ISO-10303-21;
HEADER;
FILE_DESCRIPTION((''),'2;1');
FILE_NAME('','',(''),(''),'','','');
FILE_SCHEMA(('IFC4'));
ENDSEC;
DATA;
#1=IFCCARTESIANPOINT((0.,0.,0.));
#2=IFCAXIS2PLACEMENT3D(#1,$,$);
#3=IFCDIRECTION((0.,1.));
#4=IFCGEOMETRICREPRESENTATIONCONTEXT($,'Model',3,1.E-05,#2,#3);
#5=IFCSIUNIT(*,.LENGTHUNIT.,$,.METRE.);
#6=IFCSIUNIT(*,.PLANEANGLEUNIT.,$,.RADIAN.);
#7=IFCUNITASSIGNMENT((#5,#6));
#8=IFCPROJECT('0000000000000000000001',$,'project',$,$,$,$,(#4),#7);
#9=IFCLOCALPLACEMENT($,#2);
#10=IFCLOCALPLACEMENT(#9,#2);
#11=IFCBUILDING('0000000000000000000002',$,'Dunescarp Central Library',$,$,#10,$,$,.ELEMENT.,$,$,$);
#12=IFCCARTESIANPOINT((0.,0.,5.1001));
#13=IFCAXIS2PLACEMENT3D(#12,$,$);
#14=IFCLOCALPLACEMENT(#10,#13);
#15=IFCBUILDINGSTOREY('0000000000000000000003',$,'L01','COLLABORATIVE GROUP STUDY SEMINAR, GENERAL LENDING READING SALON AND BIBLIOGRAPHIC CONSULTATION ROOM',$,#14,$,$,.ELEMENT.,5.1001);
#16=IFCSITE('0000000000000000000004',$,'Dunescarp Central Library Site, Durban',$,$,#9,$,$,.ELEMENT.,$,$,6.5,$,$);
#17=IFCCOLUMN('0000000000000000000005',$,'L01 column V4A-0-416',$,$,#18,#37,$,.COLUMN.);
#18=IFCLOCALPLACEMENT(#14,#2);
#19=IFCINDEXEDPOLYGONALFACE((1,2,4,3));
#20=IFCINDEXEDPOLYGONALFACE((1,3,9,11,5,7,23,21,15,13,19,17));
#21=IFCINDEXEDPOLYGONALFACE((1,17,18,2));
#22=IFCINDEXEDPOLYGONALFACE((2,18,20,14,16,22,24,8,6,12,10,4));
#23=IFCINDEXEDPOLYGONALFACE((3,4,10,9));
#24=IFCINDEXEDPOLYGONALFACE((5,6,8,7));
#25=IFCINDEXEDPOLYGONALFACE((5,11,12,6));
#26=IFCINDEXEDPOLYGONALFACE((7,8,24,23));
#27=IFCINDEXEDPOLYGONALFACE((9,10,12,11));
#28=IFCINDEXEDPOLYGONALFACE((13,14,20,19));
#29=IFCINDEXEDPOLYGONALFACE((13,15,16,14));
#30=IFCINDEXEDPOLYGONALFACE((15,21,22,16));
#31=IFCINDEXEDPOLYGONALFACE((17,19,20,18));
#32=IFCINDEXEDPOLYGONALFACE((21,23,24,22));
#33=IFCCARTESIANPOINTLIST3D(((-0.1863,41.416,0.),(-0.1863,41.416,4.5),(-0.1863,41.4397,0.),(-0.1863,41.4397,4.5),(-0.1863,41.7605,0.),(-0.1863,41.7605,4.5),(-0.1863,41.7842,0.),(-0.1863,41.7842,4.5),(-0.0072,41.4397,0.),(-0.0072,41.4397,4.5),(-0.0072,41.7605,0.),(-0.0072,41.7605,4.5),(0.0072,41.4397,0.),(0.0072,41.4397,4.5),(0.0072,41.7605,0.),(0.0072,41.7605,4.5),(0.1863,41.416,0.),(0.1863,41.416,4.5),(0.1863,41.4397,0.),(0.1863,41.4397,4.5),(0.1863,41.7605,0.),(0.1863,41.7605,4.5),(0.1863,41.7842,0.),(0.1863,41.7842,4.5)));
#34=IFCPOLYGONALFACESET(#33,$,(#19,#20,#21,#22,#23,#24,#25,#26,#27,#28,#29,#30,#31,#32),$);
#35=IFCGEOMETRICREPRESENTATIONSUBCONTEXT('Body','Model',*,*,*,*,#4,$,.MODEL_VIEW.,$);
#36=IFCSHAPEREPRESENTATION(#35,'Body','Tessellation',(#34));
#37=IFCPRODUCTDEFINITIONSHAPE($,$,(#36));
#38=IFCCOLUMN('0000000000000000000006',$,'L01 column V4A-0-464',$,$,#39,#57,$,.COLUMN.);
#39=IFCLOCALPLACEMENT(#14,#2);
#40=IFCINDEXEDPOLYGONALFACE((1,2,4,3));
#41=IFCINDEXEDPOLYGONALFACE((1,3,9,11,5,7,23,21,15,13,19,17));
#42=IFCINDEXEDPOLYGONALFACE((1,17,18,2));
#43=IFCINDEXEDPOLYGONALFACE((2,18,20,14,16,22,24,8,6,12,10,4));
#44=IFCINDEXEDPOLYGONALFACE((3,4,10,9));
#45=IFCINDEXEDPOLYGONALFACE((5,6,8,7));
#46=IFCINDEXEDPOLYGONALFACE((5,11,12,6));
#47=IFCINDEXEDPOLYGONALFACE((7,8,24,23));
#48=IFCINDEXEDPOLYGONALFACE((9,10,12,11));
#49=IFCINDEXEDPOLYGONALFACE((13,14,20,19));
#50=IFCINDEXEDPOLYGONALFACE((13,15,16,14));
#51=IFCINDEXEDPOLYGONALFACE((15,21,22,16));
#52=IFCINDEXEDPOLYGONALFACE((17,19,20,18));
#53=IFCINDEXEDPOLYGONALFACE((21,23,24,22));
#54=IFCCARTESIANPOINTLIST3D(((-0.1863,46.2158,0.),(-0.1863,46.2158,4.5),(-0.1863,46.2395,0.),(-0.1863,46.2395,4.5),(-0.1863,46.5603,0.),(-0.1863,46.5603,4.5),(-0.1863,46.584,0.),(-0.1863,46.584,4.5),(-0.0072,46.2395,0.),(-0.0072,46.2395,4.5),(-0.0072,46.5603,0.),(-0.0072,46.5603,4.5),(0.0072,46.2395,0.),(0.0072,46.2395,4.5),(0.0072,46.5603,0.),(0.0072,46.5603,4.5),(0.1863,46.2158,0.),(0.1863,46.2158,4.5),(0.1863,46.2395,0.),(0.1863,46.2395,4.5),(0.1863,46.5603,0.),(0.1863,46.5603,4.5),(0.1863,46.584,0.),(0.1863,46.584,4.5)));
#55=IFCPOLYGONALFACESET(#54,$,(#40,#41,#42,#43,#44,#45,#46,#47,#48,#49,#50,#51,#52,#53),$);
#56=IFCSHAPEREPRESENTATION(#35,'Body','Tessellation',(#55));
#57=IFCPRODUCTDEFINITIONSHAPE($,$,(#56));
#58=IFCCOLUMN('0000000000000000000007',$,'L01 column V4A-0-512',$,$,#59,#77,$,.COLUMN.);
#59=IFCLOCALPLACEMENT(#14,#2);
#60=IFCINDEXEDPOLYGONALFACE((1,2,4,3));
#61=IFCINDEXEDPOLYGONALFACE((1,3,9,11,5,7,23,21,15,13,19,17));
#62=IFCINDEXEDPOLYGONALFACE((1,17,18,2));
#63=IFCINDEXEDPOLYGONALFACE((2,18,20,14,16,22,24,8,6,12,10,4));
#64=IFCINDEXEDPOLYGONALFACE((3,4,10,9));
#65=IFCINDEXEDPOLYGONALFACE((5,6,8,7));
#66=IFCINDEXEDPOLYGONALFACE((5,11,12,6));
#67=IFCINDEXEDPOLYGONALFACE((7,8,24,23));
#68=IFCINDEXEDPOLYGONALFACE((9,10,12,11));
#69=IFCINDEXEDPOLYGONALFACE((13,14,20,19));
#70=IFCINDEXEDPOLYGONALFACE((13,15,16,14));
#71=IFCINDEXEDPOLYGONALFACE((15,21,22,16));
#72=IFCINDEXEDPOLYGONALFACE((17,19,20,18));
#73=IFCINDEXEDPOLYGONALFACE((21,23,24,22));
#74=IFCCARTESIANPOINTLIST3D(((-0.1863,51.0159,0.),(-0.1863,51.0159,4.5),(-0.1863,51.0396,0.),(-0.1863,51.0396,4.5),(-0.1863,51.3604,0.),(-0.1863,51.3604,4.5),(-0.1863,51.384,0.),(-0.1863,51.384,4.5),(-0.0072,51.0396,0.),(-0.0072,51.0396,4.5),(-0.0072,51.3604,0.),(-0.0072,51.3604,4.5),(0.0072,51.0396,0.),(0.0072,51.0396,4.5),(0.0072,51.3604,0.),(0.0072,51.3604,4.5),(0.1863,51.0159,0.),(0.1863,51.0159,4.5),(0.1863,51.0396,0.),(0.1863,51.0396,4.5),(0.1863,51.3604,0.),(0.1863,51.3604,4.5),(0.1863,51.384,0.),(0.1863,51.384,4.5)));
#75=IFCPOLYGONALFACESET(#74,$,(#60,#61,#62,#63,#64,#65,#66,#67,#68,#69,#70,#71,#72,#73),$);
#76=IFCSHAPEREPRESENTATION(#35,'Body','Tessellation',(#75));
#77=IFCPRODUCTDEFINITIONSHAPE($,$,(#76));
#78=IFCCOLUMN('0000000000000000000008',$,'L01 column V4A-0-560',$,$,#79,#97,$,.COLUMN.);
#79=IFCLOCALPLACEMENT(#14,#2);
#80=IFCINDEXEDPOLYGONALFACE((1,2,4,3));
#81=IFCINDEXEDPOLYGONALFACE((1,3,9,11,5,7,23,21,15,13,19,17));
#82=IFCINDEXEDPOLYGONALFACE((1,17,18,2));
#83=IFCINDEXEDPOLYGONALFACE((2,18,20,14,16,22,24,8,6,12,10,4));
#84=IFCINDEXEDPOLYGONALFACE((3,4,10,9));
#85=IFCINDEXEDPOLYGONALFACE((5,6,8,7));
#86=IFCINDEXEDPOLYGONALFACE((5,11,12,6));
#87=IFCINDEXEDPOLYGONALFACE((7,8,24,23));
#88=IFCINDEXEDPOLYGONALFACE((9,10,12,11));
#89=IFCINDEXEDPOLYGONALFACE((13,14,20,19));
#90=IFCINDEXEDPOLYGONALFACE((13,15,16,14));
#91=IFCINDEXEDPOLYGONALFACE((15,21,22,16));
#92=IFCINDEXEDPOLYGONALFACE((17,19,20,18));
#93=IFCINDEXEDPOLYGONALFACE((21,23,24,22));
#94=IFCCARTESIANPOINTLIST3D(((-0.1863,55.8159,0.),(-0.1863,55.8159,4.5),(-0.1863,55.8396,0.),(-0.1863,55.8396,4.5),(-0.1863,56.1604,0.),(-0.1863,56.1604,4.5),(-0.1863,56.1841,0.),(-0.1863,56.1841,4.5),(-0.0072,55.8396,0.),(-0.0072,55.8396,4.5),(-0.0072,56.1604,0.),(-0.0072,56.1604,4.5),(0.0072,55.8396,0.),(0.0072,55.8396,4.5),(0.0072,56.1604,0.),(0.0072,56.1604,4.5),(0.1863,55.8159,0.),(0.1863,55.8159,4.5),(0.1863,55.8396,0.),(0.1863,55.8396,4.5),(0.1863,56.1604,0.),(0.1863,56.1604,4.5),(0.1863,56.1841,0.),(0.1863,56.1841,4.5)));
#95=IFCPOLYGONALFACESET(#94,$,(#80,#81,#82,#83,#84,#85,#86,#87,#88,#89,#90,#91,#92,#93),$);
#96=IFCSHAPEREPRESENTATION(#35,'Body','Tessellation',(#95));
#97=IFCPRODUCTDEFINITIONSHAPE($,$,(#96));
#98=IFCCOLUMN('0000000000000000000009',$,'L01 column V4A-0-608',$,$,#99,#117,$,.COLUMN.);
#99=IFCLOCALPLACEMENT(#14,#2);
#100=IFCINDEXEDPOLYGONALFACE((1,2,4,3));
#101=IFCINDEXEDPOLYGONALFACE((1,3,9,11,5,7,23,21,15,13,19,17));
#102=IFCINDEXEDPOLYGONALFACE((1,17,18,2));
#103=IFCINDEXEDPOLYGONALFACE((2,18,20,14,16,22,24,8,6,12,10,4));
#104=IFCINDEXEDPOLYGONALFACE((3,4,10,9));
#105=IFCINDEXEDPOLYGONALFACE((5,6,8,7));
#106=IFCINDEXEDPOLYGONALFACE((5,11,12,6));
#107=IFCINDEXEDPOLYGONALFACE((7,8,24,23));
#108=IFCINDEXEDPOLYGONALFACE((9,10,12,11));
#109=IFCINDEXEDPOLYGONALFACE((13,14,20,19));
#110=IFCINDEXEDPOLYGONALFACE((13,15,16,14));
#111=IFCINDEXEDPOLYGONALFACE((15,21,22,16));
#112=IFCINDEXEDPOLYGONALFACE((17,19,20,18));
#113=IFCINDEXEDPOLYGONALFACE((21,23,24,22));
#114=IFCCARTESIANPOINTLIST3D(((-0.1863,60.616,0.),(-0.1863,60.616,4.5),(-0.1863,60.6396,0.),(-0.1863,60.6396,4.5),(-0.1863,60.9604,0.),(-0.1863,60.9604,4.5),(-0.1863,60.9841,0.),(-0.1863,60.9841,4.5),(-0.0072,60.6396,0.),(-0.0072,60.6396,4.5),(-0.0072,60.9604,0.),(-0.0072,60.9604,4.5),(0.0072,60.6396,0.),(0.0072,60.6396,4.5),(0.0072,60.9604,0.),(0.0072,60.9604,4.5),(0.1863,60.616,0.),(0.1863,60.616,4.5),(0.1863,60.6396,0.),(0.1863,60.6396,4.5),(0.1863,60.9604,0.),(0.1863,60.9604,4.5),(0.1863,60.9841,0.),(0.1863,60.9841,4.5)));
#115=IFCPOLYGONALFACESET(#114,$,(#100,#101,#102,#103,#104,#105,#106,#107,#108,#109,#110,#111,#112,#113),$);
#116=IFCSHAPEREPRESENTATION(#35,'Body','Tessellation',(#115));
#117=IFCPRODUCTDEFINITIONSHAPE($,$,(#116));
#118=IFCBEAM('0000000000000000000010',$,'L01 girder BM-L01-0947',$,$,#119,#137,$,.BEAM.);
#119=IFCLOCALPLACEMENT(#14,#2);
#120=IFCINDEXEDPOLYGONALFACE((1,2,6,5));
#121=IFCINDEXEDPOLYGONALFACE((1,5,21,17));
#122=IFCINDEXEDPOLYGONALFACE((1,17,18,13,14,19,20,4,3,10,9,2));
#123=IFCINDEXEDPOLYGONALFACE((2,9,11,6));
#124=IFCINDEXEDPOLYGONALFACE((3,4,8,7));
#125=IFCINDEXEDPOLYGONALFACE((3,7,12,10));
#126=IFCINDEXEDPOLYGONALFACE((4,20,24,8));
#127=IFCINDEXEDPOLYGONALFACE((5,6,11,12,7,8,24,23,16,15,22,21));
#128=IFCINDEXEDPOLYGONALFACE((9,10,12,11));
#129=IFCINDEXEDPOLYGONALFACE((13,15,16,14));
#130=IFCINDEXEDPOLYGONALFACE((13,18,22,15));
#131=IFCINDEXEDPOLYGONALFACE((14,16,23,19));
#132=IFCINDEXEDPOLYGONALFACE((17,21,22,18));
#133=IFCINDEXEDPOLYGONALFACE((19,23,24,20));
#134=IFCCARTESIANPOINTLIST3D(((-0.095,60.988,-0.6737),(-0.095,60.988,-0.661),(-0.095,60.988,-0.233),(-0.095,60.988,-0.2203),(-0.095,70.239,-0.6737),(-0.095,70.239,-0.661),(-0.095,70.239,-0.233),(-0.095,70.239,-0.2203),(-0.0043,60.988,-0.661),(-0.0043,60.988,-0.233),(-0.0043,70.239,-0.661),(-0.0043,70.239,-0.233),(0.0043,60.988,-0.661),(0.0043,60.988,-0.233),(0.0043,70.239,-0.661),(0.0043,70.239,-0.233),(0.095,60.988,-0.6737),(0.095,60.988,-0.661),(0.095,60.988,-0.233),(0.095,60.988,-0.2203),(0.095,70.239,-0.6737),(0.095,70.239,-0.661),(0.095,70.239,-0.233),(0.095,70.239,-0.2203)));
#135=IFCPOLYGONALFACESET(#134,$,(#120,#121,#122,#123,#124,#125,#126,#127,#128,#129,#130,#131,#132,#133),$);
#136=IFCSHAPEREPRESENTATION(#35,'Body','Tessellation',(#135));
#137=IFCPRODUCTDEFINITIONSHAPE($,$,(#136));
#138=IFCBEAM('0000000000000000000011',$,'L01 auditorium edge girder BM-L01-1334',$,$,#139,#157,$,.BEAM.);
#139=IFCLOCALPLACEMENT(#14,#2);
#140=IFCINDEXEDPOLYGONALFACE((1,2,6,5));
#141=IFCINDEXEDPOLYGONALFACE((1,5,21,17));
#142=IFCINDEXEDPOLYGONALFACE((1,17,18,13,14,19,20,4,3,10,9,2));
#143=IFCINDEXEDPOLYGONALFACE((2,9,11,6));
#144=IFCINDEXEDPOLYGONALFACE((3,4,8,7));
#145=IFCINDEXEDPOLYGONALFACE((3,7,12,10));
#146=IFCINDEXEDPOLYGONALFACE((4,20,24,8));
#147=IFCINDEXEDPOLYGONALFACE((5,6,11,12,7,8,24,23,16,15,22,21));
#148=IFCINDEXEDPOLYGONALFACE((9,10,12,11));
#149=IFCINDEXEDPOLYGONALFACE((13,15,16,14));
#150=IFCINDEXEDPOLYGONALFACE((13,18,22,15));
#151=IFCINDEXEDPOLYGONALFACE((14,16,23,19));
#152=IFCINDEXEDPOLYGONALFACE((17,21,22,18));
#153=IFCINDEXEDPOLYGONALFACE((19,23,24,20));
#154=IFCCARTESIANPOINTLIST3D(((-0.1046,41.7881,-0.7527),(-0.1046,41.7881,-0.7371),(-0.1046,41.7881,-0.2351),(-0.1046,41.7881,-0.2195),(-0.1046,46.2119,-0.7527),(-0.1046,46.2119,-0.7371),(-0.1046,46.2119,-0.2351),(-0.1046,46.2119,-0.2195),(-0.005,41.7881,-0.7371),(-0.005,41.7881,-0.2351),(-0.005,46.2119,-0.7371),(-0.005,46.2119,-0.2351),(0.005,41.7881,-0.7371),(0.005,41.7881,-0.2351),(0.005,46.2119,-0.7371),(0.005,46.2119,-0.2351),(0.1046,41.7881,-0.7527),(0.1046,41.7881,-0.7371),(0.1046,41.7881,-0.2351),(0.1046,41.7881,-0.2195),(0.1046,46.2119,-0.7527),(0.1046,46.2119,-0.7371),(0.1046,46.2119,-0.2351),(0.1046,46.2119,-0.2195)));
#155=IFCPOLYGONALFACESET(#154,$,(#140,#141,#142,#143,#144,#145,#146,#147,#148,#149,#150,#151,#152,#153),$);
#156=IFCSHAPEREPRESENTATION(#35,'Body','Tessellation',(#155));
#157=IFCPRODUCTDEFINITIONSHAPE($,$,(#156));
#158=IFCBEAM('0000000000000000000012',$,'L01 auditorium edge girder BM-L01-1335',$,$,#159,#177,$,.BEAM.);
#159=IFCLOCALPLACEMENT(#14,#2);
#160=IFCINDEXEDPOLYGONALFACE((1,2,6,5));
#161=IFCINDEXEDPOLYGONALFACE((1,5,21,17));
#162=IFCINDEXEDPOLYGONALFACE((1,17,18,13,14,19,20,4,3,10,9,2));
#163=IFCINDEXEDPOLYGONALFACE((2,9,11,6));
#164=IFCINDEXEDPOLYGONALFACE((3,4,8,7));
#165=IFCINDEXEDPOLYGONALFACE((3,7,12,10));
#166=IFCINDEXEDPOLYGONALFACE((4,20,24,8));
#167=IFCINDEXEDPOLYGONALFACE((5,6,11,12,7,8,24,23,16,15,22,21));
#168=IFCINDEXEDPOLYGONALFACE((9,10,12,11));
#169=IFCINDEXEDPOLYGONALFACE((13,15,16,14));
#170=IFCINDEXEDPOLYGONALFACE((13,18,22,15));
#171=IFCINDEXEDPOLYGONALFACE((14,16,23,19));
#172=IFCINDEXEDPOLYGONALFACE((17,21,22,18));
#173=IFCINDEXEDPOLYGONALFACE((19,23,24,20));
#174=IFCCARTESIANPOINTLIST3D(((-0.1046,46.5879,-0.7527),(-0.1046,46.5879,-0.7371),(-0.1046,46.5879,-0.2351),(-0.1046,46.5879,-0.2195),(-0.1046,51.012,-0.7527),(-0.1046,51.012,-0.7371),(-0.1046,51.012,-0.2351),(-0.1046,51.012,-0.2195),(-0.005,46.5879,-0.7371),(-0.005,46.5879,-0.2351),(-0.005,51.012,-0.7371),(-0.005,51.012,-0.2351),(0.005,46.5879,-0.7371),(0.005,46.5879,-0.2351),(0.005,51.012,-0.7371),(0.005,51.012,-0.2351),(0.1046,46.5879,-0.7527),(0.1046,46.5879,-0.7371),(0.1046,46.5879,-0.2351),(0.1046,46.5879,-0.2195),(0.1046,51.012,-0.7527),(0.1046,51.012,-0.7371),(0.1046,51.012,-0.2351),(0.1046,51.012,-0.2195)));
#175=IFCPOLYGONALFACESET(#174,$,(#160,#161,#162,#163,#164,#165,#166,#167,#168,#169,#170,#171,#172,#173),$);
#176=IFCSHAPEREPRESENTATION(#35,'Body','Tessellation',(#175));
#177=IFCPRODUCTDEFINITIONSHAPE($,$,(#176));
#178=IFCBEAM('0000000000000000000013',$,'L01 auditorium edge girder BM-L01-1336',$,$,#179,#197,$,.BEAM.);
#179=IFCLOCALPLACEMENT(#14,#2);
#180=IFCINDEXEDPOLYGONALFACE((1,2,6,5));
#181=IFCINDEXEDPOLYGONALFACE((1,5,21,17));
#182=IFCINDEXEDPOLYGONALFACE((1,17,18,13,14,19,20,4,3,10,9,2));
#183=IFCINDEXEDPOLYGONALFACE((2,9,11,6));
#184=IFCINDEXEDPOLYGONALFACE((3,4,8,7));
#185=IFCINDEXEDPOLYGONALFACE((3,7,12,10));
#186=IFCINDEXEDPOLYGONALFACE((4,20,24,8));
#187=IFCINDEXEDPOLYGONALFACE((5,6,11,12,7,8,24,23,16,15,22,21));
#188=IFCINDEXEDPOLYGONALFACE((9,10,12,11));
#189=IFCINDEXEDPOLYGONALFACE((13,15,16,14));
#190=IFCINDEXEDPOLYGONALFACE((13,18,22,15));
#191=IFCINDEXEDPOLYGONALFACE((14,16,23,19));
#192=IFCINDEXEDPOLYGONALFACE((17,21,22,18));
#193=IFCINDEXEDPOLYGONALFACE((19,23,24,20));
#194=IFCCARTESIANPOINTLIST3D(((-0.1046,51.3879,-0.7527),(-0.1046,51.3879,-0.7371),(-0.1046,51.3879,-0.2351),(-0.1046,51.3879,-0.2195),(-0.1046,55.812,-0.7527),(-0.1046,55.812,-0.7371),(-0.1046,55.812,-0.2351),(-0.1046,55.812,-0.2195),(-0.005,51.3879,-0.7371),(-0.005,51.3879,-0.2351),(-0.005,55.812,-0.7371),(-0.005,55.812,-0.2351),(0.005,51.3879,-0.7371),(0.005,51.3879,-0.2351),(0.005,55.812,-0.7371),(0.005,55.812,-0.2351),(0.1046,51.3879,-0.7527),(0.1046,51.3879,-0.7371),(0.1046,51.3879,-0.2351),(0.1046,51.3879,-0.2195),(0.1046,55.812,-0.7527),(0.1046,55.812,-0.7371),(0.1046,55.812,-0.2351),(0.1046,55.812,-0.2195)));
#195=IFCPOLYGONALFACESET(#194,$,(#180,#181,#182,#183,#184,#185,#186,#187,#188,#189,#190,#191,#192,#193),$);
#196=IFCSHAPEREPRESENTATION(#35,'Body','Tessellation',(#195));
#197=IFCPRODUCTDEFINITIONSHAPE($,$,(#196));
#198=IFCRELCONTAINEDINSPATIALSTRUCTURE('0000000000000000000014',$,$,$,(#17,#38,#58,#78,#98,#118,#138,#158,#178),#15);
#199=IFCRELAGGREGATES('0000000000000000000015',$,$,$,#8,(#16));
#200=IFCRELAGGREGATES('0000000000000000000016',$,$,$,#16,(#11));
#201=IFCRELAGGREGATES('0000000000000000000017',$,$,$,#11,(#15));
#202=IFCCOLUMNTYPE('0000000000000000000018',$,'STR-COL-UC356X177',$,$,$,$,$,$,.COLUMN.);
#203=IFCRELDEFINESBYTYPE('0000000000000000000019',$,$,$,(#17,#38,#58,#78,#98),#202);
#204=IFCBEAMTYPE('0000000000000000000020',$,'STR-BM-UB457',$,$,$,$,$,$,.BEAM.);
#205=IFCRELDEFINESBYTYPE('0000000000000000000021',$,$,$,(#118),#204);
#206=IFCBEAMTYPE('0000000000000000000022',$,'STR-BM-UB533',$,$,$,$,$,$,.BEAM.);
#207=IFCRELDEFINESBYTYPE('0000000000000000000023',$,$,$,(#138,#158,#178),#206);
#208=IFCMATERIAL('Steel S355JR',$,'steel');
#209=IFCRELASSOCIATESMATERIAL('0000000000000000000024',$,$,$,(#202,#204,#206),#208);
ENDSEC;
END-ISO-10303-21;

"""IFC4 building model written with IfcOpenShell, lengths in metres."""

from ifc_helpers import new_model, si_unit, direction, frame, origin, origin_2d, place, context, subcontext, project, spatial, i_section, extrude, material, material_profile, profile_set, type_object, element, save


model = new_model("IFC4")

# Units and contexts
model_context = context("Model", 3, precision=1e-05, world=origin(), true_north=direction((0.0, 1.0)))
body_context = subcontext(model_context, "Body", "Model", "MODEL_VIEW")
ifc_project = project(units=[si_unit("LENGTHUNIT", "METRE"), si_unit("PLANEANGLEUNIT", "RADIAN")], contexts=[model_context])

# Site, building, storey
site_placement = place(None, origin())
site = spatial("IfcSite", under=ifc_project, at=site_placement, Name="Dunescarp Central Library Site, Durban", CompositionType="ELEMENT", RefElevation=6.5)
building_placement = place(site_placement, origin())
building = spatial("IfcBuilding", under=site, at=building_placement, Name="Dunescarp Central Library", CompositionType="ELEMENT")
storey_placement = place(building_placement, frame((0.0, 0.0, 5.1001)))
storey = spatial("IfcBuildingStorey", under=building, at=storey_placement, Name="L01", Description="COLLABORATIVE GROUP STUDY SEMINAR, GENERAL LENDING READING SALON AND BIBLIOGRAPHIC CONSULTATION ROOM", CompositionType="ELEMENT", Elevation=5.1001)

# Columns
ifc_material_1 = material(Name="Steel S355JR", Category="steel")
ifc_material_profile_1 = material_profile(ifc_material_1, i_section(OverallWidth=0.3726, OverallDepth=0.3682, WebThickness=0.0144, FlangeThickness=0.0237, at=origin_2d()), Name="UC 356x368x177")
ifc_profile_set_1 = profile_set([ifc_material_profile_1], Name="Steel S355JR")
column_type = type_object("IfcColumnType", Name="STR-COL-UC356X177", PredefinedType="COLUMN", material=ifc_profile_set_1)
for number, where, z_axis, x_axis, name in (
    (1, (0.0, 41.6001, 0.0), (0.0, 0.0, 1.0), (1.0, 0.0, 0.0), "L01 column V4A-0-416"),
    (2, (0.0, 46.3999, 0.0), (0.0, 0.0, 1.0), (1.0, 0.0, 0.0), "L01 column V4A-0-464"),
    (3, (0.0, 51.2, 0.0), (0.0, 0.0, 1.0), (1.0, 0.0, 0.0), "L01 column V4A-0-512"),
    (4, (0.0, 56.0, 0.0), (0.0, 0.0, 1.0), (1.0, 0.0, 0.0), "L01 column V4A-0-560"),
    (5, (0.0, 60.8, 0.0), (0.0, 0.0, 1.0), (1.0, 0.0, 0.0), "L01 column V4A-0-608"),
):
    element("IfcColumn", number, at=place(storey_placement, frame(where, z_axis=z_axis, x_axis=x_axis)), inside=storey, type_object=column_type, Name=name, PredefinedType="COLUMN", context=body_context, shape_type="SweptSolid", body=[
        extrude(i_section(OverallWidth=0.3726, OverallDepth=0.3682, WebThickness=0.0144, FlangeThickness=0.0237, at=origin_2d()), origin(), (0.0, 0.0, 1.0), 4.5),
    ])

# Beams
ifc_material_profile_2 = material_profile(ifc_material_1, i_section(OverallWidth=0.1899, OverallDepth=0.4534, WebThickness=0.0085, FlangeThickness=0.0127, at=origin_2d()), Name="UB 457x191x67")
ifc_profile_set_2 = profile_set([ifc_material_profile_2], Name="Steel S355JR")
beam_type_1 = type_object("IfcBeamType", Name="STR-BM-UB457", PredefinedType="BEAM", material=ifc_profile_set_2)
beam_1_placement = place(storey_placement, frame((0.0, 60.988, -0.447), z_axis=(0.0, 1.0, 0.0), x_axis=(-1.0, 0.0, 0.0)))
element("IfcBeam", 6, at=beam_1_placement, inside=storey, type_object=beam_type_1, Name="L01 girder BM-L01-0947", PredefinedType="BEAM", context=body_context, shape_type="SweptSolid", body=[
    extrude(i_section(OverallWidth=0.1899, OverallDepth=0.4534, WebThickness=0.0085, FlangeThickness=0.0127, at=origin_2d()), origin(), (0.0, 0.0, 1.0), 9.251),
])
ifc_material_profile_3 = material_profile(ifc_material_1, i_section(OverallWidth=0.2092, OverallDepth=0.5332, WebThickness=0.01, FlangeThickness=0.0156, at=origin_2d()), Name="UB 533x210x92")
ifc_profile_set_3 = profile_set([ifc_material_profile_3], Name="Steel S355JR")
beam_type_2 = type_object("IfcBeamType", Name="STR-BM-UB533", PredefinedType="BEAM", material=ifc_profile_set_3)
beam_2_placement = place(storey_placement, frame((0.0, 41.7881, -0.4861), z_axis=(0.0, 1.0, 0.0), x_axis=(-1.0, 0.0, 0.0)))
element("IfcBeam", 7, at=beam_2_placement, inside=storey, type_object=beam_type_2, Name="L01 auditorium edge girder BM-L01-1334", PredefinedType="BEAM", context=body_context, shape_type="SweptSolid", body=[
    extrude(i_section(OverallWidth=0.2092, OverallDepth=0.5332, WebThickness=0.01, FlangeThickness=0.0156, at=origin_2d()), origin(), (0.0, 0.0, 1.0), 4.4238),
])
for number, where, z_axis, x_axis, name in (
    (8, (0.0, 46.5879, -0.4861), (0.0, 1.0, 0.0), (-1.0, 0.0, 0.0), "L01 auditorium edge girder BM-L01-1335"),
    (9, (0.0, 51.3879, -0.4861), (0.0, 1.0, 0.0), (-1.0, 0.0, 0.0), "L01 auditorium edge girder BM-L01-1336"),
):
    element("IfcBeam", number, at=place(storey_placement, frame(where, z_axis=z_axis, x_axis=x_axis)), inside=storey, type_object=beam_type_2, Name=name, PredefinedType="BEAM", context=body_context, shape_type="SweptSolid", body=[
        extrude(i_section(OverallWidth=0.2092, OverallDepth=0.5332, WebThickness=0.01, FlangeThickness=0.0156, at=origin_2d()), origin(), (0.0, 0.0, 1.0), 4.4241),
    ])

save(model, "model.ifc")
